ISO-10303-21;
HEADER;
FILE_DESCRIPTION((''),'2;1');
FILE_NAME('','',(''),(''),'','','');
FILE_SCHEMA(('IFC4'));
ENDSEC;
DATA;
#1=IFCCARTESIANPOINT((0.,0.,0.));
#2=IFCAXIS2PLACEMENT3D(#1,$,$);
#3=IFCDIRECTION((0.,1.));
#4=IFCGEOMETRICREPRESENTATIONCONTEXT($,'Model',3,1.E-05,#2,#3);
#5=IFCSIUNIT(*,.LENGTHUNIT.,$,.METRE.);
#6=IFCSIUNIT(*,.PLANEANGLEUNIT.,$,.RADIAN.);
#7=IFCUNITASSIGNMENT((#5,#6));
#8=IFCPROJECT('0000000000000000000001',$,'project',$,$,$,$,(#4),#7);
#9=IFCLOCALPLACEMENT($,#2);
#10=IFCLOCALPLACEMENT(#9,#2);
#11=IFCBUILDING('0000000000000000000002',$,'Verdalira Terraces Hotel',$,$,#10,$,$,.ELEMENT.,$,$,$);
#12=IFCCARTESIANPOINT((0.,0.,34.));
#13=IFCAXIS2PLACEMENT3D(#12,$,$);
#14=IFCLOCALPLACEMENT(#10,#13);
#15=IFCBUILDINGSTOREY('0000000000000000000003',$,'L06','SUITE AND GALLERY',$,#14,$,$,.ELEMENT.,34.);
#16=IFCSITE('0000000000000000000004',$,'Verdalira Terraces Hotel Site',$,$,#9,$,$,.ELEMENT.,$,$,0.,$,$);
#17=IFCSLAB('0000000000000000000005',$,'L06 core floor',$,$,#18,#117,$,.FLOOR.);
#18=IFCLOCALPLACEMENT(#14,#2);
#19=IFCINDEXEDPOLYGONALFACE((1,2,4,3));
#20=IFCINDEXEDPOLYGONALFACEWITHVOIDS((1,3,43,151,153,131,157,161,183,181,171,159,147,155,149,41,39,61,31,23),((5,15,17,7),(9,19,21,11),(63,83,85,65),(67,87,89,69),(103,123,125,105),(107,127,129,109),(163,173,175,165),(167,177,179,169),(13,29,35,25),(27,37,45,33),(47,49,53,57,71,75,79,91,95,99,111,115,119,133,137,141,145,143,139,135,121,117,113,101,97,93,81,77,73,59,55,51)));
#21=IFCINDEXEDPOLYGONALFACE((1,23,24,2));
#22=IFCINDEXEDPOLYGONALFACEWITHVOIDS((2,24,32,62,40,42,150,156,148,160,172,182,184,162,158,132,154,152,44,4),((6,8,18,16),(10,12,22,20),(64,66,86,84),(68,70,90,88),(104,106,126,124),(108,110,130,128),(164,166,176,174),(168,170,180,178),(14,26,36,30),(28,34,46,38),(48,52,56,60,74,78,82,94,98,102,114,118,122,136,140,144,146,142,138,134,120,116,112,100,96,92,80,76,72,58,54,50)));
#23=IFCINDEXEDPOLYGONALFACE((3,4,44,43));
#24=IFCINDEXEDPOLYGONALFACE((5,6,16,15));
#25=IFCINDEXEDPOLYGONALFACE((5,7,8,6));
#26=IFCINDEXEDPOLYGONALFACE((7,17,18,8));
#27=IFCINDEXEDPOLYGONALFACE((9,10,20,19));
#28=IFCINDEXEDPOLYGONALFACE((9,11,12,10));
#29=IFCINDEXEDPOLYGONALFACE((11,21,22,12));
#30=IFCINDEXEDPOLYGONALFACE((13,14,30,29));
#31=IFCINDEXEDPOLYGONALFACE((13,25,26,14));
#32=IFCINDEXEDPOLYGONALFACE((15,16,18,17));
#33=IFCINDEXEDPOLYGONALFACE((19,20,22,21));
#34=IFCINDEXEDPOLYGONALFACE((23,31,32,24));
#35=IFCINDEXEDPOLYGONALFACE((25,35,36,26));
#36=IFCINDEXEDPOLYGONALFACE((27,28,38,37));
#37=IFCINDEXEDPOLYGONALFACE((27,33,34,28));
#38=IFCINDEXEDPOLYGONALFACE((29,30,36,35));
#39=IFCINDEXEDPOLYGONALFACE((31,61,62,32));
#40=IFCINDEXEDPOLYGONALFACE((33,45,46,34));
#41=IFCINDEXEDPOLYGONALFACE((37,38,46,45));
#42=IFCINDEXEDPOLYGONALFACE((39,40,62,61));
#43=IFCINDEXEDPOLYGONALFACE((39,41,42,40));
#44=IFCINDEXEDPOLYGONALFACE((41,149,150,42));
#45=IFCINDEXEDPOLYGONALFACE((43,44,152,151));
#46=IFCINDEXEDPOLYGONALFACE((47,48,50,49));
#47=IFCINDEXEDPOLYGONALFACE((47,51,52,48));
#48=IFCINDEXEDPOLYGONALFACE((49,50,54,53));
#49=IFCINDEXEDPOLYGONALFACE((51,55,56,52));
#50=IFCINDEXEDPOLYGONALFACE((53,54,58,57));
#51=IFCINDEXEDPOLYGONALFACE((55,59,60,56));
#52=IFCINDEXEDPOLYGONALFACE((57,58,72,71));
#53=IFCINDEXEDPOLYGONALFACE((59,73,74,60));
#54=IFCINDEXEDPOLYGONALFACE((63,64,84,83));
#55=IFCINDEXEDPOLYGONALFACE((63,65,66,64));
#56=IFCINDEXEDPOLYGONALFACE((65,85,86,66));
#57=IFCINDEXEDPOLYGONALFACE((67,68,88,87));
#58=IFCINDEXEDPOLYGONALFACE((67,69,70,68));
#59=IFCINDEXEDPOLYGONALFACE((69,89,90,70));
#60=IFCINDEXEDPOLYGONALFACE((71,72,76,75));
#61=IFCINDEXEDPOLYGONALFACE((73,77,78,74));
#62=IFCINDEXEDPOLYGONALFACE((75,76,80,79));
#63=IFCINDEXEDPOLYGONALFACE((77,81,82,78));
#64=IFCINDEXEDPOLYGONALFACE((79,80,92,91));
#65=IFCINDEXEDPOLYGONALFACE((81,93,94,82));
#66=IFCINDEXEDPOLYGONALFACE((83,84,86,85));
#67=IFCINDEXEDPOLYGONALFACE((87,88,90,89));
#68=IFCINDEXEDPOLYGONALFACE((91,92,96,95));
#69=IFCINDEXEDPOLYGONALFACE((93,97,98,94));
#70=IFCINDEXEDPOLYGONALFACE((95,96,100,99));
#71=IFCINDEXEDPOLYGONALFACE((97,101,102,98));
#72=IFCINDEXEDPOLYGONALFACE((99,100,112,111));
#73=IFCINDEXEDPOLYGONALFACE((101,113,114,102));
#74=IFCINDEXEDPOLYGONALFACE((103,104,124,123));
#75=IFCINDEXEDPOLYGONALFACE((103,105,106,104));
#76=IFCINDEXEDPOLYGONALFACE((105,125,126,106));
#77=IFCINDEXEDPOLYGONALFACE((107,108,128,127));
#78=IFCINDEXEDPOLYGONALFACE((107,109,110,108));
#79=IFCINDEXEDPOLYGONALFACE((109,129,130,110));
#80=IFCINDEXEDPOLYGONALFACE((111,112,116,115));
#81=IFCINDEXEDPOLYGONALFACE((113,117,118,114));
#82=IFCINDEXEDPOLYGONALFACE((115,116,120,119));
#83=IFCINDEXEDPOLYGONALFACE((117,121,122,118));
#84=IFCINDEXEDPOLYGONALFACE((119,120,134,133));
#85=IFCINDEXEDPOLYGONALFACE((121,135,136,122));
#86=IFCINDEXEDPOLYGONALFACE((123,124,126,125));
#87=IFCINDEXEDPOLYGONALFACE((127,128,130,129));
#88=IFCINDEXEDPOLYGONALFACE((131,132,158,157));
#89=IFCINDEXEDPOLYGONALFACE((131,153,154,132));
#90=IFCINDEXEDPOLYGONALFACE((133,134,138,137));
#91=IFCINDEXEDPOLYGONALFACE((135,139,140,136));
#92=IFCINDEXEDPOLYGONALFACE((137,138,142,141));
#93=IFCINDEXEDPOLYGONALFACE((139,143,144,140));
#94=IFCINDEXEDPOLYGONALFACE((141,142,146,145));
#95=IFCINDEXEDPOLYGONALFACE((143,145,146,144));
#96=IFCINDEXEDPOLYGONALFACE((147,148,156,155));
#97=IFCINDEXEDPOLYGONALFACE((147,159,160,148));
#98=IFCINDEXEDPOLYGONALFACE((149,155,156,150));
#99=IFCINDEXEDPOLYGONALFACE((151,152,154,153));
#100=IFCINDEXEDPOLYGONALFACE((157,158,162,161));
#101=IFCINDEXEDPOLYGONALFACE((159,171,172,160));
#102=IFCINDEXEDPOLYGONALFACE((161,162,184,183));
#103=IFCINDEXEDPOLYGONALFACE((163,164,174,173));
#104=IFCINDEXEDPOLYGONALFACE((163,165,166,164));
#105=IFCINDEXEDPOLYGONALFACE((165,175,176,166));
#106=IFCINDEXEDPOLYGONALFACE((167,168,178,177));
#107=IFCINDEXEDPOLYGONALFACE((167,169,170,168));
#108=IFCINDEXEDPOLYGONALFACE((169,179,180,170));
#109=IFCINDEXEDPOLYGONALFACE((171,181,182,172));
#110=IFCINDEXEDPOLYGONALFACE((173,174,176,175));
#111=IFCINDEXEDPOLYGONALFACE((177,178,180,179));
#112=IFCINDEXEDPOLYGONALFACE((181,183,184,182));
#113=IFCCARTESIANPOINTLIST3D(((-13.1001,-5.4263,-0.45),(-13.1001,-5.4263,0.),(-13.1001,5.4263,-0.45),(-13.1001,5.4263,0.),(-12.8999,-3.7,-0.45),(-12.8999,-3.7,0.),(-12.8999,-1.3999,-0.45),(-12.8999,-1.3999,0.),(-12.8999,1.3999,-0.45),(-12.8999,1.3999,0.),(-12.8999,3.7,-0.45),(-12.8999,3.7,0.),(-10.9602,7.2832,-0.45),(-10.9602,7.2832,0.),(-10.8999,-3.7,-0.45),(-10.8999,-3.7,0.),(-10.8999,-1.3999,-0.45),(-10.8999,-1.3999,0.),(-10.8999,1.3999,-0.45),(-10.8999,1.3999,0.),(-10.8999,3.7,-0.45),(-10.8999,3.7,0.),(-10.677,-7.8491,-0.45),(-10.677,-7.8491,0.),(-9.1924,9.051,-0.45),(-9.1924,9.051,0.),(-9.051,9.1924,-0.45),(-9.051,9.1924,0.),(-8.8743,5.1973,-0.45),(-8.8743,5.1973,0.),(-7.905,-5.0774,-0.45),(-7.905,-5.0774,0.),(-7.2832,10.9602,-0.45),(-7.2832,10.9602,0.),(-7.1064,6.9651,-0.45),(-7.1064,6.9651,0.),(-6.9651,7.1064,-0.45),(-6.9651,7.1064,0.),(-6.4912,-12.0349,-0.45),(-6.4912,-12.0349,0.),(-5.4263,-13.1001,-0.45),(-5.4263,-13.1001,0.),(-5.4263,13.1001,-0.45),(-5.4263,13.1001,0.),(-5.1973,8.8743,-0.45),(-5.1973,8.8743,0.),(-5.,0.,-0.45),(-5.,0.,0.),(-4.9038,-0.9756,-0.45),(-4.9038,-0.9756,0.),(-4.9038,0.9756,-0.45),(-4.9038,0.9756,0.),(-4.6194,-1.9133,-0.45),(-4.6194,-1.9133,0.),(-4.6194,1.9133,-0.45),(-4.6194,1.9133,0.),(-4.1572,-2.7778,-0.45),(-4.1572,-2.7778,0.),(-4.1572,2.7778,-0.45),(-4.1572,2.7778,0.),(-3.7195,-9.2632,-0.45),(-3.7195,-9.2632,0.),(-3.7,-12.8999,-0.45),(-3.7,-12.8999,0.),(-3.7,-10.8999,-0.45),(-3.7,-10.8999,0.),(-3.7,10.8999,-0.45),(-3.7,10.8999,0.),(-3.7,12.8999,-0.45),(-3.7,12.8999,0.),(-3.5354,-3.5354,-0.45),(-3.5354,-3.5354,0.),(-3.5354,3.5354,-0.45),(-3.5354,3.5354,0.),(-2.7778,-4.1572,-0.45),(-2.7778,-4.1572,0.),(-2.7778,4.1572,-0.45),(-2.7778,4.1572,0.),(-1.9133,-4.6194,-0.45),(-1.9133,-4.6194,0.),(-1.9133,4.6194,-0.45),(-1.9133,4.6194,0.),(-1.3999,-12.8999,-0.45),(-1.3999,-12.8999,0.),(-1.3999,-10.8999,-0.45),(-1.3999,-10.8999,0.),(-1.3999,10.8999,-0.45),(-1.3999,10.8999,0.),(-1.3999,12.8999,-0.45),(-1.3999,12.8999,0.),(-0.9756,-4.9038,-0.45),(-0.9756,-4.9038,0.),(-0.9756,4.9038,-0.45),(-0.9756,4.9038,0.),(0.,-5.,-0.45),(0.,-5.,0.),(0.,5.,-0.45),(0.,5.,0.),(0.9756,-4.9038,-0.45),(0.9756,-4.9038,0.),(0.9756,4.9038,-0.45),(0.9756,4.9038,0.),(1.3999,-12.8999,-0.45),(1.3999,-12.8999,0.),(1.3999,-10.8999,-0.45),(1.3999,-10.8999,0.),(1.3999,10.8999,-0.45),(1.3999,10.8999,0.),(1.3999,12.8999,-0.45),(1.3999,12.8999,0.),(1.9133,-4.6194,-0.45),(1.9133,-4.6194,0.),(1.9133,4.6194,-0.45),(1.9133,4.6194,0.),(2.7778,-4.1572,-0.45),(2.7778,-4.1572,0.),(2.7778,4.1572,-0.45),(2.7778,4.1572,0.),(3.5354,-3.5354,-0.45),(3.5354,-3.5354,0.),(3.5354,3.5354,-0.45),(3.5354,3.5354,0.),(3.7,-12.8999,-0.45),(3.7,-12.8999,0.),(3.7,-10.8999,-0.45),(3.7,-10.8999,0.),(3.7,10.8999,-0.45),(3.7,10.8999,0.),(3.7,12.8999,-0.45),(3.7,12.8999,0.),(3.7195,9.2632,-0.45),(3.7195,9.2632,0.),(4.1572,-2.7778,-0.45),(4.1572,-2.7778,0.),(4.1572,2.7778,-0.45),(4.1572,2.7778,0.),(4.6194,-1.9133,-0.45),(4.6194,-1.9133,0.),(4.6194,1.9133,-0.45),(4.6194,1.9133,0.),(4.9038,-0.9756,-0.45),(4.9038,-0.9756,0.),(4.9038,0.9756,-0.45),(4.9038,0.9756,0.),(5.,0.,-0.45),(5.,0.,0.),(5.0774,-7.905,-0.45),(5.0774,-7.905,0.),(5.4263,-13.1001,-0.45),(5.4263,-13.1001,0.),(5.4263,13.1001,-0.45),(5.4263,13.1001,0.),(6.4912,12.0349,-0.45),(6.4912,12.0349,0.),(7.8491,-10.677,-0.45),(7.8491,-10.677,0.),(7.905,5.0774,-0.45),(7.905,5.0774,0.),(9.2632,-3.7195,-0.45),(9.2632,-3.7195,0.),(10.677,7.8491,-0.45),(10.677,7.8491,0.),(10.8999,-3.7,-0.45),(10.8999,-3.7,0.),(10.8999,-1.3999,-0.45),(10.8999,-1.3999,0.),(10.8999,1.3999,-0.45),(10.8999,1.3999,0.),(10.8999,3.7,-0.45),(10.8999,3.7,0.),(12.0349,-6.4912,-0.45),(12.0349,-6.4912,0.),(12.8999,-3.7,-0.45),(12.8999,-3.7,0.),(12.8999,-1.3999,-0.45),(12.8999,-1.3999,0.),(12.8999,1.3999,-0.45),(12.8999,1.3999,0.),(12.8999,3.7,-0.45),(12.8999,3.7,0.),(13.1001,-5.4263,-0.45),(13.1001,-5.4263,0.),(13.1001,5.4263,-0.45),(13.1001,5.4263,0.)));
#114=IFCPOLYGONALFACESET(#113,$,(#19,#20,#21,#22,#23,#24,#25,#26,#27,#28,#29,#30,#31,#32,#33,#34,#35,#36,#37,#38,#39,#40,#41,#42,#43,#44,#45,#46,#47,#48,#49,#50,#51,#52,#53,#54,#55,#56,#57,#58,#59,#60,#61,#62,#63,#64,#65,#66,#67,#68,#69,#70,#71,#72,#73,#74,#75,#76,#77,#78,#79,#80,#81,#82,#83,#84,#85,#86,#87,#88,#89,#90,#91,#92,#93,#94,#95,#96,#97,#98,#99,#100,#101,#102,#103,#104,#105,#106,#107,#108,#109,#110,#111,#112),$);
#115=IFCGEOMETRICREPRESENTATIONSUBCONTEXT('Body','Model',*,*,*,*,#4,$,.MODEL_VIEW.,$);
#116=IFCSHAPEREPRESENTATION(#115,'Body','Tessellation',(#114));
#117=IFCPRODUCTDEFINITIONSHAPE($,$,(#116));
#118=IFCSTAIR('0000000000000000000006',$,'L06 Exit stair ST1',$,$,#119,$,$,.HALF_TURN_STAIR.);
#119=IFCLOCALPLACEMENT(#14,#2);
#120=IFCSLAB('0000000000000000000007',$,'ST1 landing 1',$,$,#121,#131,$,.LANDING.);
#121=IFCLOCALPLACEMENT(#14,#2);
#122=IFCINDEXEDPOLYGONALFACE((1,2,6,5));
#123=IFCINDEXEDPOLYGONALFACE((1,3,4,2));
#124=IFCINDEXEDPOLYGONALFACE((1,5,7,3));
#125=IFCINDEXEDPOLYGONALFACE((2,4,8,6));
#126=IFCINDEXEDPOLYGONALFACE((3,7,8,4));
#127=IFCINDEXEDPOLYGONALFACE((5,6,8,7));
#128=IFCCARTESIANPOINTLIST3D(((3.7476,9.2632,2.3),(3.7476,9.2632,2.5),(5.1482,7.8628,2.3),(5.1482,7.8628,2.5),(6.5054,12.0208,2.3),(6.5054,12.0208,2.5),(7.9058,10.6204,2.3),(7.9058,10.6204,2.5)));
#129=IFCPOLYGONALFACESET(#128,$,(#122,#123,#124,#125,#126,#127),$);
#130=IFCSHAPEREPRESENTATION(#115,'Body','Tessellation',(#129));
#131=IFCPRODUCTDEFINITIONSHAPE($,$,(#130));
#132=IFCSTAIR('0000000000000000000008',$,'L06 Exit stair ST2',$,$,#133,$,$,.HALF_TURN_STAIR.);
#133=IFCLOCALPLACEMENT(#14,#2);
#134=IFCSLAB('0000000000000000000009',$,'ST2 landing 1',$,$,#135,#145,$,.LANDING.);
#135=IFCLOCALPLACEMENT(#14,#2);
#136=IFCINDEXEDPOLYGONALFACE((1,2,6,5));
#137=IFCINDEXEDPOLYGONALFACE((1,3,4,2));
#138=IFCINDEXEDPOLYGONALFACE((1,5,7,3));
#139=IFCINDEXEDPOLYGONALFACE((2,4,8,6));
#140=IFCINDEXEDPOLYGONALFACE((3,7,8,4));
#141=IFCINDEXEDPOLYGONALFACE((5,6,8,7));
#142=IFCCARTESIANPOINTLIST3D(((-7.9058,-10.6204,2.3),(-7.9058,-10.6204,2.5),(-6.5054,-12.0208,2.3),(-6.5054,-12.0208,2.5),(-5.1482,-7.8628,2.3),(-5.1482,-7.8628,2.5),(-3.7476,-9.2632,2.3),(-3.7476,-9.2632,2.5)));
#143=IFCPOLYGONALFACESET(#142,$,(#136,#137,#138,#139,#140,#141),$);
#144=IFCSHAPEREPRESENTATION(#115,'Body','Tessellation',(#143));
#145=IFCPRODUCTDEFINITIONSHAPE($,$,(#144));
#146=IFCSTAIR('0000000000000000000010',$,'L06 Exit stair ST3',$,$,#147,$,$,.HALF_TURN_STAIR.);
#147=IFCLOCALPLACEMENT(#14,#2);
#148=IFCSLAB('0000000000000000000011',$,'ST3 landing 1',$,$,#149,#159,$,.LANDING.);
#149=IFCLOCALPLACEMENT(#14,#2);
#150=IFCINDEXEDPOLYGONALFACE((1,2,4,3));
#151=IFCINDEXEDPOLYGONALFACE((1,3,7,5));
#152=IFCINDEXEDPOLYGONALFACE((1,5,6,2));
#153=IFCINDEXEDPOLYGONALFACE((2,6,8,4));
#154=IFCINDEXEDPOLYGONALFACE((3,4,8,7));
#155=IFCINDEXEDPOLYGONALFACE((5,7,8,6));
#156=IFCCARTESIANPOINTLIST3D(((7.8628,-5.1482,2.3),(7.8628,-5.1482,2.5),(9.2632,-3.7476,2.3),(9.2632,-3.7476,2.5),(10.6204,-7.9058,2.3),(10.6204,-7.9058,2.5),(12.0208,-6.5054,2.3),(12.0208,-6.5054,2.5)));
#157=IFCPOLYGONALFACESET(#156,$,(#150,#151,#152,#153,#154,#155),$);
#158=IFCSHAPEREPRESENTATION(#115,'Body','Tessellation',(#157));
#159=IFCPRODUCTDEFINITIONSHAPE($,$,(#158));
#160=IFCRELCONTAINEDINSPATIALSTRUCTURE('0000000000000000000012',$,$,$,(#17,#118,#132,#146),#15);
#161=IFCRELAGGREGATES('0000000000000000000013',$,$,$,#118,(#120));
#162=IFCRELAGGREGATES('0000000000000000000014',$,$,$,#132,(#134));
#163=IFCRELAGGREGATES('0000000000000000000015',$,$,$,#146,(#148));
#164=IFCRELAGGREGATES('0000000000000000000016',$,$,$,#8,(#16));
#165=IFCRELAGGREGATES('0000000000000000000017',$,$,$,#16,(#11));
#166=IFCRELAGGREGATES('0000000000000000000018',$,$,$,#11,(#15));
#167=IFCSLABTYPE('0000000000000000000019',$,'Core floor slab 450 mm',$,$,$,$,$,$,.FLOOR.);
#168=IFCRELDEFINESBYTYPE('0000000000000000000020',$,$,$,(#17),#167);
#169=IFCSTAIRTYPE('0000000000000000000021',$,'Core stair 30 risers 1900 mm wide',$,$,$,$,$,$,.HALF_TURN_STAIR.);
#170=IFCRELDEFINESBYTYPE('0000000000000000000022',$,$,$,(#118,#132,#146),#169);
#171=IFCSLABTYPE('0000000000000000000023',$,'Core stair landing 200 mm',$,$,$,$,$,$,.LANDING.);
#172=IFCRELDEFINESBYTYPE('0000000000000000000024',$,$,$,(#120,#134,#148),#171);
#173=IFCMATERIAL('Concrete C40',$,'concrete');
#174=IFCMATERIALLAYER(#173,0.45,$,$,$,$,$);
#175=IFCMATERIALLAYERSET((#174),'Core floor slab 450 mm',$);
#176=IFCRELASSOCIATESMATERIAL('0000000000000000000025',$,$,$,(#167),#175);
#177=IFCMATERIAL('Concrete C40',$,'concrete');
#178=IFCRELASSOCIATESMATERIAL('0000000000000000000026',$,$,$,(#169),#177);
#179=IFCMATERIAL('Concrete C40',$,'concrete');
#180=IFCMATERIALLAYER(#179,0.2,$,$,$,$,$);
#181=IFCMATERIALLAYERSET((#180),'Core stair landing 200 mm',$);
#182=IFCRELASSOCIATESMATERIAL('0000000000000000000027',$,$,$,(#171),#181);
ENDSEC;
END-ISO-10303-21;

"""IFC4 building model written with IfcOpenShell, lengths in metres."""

from ifc_helpers import new_model, si_unit, direction, frame, origin, place, context, subcontext, project, spatial, polyline, outline, extrude, material, layer, layer_set, type_object, element, aggregate, save


model = new_model("IFC4")

# Units and contexts
model_context = context("Model", 3, precision=1e-05, world=origin(), true_north=direction((0.0, 1.0)))
body_context = subcontext(model_context, "Body", "Model", "MODEL_VIEW")
ifc_project = project(units=[si_unit("LENGTHUNIT", "METRE"), si_unit("PLANEANGLEUNIT", "RADIAN")], contexts=[model_context])

# Site, building, storey
site_placement = place(None, origin())
site = spatial("IfcSite", under=ifc_project, at=site_placement, Name="Verdalira Terraces Hotel Site", CompositionType="ELEMENT", RefElevation=0.0)
building_placement = place(site_placement, origin())
building = spatial("IfcBuilding", under=site, at=building_placement, Name="Verdalira Terraces Hotel", CompositionType="ELEMENT")
storey_placement = place(building_placement, frame((0.0, 0.0, 34.0)))
storey = spatial("IfcBuildingStorey", under=building, at=storey_placement, Name="L06", Description="SUITE AND GALLERY", CompositionType="ELEMENT", Elevation=34.0)

# Slab
ifc_material_1 = material(Name="Concrete C40", Category="concrete")
ifc_layer_1 = layer(ifc_material_1, 0.45)
ifc_layer_set_1 = layer_set([ifc_layer_1], Name="Core floor slab 450 mm")
slab_type_1 = type_object("IfcSlabType", Name="Core floor slab 450 mm", PredefinedType="FLOOR", material=ifc_layer_set_1)
slab_1_placement = place(storey_placement, frame((0.0, 0.0, -0.45)))
element("IfcSlab", 1, at=slab_1_placement, inside=storey, type_object=slab_type_1, Name="L06 core floor", PredefinedType="FLOOR", context=body_context, shape_type="SweptSolid", body=[
    extrude(outline(polyline([(-5.4263, 13.1001), (5.4263, 13.1001), (6.4912, 12.0349), (3.7195, 9.2632), (7.905, 5.0774), (10.677, 7.8491), (13.1001, 5.4263), (13.1001, -5.4263), (12.0349, -6.4912), (9.2632, -3.7195), (5.0774, -7.905), (7.8491, -10.677), (5.4263, -13.1001), (-5.4263, -13.1001), (-6.4912, -12.0349), (-3.7195, -9.2632), (-7.905, -5.0774), (-10.677, -7.8491), (-13.1001, -5.4263), (-13.1001, 5.4263), (-5.4263, 13.1001)]), holes=[polyline([(12.8999, -3.7), (12.8999, -1.3999), (10.8999, -1.3999), (10.8999, -3.7), (12.8999, -3.7)]), polyline([(12.8999, 1.3999), (12.8999, 3.7), (10.8999, 3.7), (10.8999, 1.3999), (12.8999, 1.3999)]), polyline([(1.3999, 10.8999), (3.7, 10.8999), (3.7, 12.8999), (1.3999, 12.8999), (1.3999, 10.8999)]), polyline([(-3.7, 10.8999), (-1.3999, 10.8999), (-1.3999, 12.8999), (-3.7, 12.8999), (-3.7, 10.8999)]), polyline([(-12.8999, 3.7), (-12.8999, 1.3999), (-10.8999, 1.3999), (-10.8999, 3.7), (-12.8999, 3.7)]), polyline([(-12.8999, -1.3999), (-12.8999, -3.7), (-10.8999, -3.7), (-10.8999, -1.3999), (-12.8999, -1.3999)]), polyline([(-1.3999, -10.8999), (-3.7, -10.8999), (-3.7, -12.8999), (-1.3999, -12.8999), (-1.3999, -10.8999)]), polyline([(3.7, -10.8999), (1.3999, -10.8999), (1.3999, -12.8999), (3.7, -12.8999), (3.7, -10.8999)]), polyline([(-9.051, 9.1924), (-6.9651, 7.1064), (-5.1973, 8.8743), (-7.2832, 10.9602), (-9.051, 9.1924)]), polyline([(-9.1924, 9.051), (-10.9602, 7.2832), (-8.8743, 5.1973), (-7.1064, 6.9651), (-9.1924, 9.051)]), polyline([(3.5354, 3.5354), (2.7778, 4.1572), (1.9133, 4.6194), (0.9756, 4.9038), (0.0, 5.0), (-0.9756, 4.9038), (-1.9133, 4.6194), (-2.7778, 4.1572), (-3.5354, 3.5354), (-4.1572, 2.7778), (-4.6194, 1.9133), (-4.9038, 0.9756), (-5.0, 0.0), (-4.9038, -0.9756), (-4.6194, -1.9133), (-4.1572, -2.7778), (-3.5354, -3.5354), (-2.7778, -4.1572), (-1.9133, -4.6194), (-0.9756, -4.9038), (0.0, -5.0), (0.9756, -4.9038), (1.9133, -4.6194), (2.7778, -4.1572), (3.5354, -3.5354), (4.1572, -2.7778), (4.6194, -1.9133), (4.9038, -0.9756), (5.0, 0.0), (4.9038, 0.9756), (4.6194, 1.9133), (4.1572, 2.7778), (3.5354, 3.5354)])]), origin(), (0.0, 0.0, 1.0), 0.45),
])

# Stairs, slabs
ifc_material_2 = material(Name="Concrete C40", Category="concrete")
stair_type = type_object("IfcStairType", Name="Core stair 30 risers 1900 mm wide", PredefinedType="HALF_TURN_STAIR", material=ifc_material_2)
stair_1_placement = place(storey_placement, origin())
stair_1 = element("IfcStair", 2, at=stair_1_placement, inside=storey, type_object=stair_type, Name="L06 Exit stair ST1", PredefinedType="HALF_TURN_STAIR")
ifc_material_3 = material(Name="Concrete C40", Category="concrete")
ifc_layer_2 = layer(ifc_material_3, 0.2)
ifc_layer_set_2 = layer_set([ifc_layer_2], Name="Core stair landing 200 mm")
slab_type_2 = type_object("IfcSlabType", Name="Core stair landing 200 mm", PredefinedType="LANDING", material=ifc_layer_set_2)
slab_2_placement = place(storey_placement, frame((0.0, 0.0, 2.3)))
slab_2 = element("IfcSlab", 3, at=slab_2_placement, type_object=slab_type_2, Name="ST1 landing 1", PredefinedType="LANDING", context=body_context, shape_type="SweptSolid", body=[
    extrude(outline(polyline([(7.9058, 10.6204), (6.5054, 12.0208), (3.7476, 9.2632), (5.1482, 7.8628), (7.9058, 10.6204)])), origin(), (0.0, 0.0, 1.0), 0.2),
])
aggregate(stair_1, [slab_2])
stair_2_placement = place(storey_placement, origin())
stair_2 = element("IfcStair", 4, at=stair_2_placement, inside=storey, type_object=stair_type, Name="L06 Exit stair ST2", PredefinedType="HALF_TURN_STAIR")
slab_3_placement = place(storey_placement, frame((0.0, 0.0, 2.3)))
slab_3 = element("IfcSlab", 5, at=slab_3_placement, type_object=slab_type_2, Name="ST2 landing 1", PredefinedType="LANDING", context=body_context, shape_type="SweptSolid", body=[
    extrude(outline(polyline([(-7.9058, -10.6204), (-6.5054, -12.0208), (-3.7476, -9.2632), (-5.1482, -7.8628), (-7.9058, -10.6204)])), origin(), (0.0, 0.0, 1.0), 0.2),
])
aggregate(stair_2, [slab_3])
stair_3_placement = place(storey_placement, origin())
stair_3 = element("IfcStair", 6, at=stair_3_placement, inside=storey, type_object=stair_type, Name="L06 Exit stair ST3", PredefinedType="HALF_TURN_STAIR")
slab_4_placement = place(storey_placement, frame((0.0, 0.0, 2.3)))
slab_4 = element("IfcSlab", 7, at=slab_4_placement, type_object=slab_type_2, Name="ST3 landing 1", PredefinedType="LANDING", context=body_context, shape_type="SweptSolid", body=[
    extrude(outline(polyline([(10.6204, -7.9058), (12.0208, -6.5054), (9.2632, -3.7476), (7.8628, -5.1482), (10.6204, -7.9058)])), origin(), (0.0, 0.0, 1.0), 0.2),
])
aggregate(stair_3, [slab_4])

save(model, "model.ifc")
